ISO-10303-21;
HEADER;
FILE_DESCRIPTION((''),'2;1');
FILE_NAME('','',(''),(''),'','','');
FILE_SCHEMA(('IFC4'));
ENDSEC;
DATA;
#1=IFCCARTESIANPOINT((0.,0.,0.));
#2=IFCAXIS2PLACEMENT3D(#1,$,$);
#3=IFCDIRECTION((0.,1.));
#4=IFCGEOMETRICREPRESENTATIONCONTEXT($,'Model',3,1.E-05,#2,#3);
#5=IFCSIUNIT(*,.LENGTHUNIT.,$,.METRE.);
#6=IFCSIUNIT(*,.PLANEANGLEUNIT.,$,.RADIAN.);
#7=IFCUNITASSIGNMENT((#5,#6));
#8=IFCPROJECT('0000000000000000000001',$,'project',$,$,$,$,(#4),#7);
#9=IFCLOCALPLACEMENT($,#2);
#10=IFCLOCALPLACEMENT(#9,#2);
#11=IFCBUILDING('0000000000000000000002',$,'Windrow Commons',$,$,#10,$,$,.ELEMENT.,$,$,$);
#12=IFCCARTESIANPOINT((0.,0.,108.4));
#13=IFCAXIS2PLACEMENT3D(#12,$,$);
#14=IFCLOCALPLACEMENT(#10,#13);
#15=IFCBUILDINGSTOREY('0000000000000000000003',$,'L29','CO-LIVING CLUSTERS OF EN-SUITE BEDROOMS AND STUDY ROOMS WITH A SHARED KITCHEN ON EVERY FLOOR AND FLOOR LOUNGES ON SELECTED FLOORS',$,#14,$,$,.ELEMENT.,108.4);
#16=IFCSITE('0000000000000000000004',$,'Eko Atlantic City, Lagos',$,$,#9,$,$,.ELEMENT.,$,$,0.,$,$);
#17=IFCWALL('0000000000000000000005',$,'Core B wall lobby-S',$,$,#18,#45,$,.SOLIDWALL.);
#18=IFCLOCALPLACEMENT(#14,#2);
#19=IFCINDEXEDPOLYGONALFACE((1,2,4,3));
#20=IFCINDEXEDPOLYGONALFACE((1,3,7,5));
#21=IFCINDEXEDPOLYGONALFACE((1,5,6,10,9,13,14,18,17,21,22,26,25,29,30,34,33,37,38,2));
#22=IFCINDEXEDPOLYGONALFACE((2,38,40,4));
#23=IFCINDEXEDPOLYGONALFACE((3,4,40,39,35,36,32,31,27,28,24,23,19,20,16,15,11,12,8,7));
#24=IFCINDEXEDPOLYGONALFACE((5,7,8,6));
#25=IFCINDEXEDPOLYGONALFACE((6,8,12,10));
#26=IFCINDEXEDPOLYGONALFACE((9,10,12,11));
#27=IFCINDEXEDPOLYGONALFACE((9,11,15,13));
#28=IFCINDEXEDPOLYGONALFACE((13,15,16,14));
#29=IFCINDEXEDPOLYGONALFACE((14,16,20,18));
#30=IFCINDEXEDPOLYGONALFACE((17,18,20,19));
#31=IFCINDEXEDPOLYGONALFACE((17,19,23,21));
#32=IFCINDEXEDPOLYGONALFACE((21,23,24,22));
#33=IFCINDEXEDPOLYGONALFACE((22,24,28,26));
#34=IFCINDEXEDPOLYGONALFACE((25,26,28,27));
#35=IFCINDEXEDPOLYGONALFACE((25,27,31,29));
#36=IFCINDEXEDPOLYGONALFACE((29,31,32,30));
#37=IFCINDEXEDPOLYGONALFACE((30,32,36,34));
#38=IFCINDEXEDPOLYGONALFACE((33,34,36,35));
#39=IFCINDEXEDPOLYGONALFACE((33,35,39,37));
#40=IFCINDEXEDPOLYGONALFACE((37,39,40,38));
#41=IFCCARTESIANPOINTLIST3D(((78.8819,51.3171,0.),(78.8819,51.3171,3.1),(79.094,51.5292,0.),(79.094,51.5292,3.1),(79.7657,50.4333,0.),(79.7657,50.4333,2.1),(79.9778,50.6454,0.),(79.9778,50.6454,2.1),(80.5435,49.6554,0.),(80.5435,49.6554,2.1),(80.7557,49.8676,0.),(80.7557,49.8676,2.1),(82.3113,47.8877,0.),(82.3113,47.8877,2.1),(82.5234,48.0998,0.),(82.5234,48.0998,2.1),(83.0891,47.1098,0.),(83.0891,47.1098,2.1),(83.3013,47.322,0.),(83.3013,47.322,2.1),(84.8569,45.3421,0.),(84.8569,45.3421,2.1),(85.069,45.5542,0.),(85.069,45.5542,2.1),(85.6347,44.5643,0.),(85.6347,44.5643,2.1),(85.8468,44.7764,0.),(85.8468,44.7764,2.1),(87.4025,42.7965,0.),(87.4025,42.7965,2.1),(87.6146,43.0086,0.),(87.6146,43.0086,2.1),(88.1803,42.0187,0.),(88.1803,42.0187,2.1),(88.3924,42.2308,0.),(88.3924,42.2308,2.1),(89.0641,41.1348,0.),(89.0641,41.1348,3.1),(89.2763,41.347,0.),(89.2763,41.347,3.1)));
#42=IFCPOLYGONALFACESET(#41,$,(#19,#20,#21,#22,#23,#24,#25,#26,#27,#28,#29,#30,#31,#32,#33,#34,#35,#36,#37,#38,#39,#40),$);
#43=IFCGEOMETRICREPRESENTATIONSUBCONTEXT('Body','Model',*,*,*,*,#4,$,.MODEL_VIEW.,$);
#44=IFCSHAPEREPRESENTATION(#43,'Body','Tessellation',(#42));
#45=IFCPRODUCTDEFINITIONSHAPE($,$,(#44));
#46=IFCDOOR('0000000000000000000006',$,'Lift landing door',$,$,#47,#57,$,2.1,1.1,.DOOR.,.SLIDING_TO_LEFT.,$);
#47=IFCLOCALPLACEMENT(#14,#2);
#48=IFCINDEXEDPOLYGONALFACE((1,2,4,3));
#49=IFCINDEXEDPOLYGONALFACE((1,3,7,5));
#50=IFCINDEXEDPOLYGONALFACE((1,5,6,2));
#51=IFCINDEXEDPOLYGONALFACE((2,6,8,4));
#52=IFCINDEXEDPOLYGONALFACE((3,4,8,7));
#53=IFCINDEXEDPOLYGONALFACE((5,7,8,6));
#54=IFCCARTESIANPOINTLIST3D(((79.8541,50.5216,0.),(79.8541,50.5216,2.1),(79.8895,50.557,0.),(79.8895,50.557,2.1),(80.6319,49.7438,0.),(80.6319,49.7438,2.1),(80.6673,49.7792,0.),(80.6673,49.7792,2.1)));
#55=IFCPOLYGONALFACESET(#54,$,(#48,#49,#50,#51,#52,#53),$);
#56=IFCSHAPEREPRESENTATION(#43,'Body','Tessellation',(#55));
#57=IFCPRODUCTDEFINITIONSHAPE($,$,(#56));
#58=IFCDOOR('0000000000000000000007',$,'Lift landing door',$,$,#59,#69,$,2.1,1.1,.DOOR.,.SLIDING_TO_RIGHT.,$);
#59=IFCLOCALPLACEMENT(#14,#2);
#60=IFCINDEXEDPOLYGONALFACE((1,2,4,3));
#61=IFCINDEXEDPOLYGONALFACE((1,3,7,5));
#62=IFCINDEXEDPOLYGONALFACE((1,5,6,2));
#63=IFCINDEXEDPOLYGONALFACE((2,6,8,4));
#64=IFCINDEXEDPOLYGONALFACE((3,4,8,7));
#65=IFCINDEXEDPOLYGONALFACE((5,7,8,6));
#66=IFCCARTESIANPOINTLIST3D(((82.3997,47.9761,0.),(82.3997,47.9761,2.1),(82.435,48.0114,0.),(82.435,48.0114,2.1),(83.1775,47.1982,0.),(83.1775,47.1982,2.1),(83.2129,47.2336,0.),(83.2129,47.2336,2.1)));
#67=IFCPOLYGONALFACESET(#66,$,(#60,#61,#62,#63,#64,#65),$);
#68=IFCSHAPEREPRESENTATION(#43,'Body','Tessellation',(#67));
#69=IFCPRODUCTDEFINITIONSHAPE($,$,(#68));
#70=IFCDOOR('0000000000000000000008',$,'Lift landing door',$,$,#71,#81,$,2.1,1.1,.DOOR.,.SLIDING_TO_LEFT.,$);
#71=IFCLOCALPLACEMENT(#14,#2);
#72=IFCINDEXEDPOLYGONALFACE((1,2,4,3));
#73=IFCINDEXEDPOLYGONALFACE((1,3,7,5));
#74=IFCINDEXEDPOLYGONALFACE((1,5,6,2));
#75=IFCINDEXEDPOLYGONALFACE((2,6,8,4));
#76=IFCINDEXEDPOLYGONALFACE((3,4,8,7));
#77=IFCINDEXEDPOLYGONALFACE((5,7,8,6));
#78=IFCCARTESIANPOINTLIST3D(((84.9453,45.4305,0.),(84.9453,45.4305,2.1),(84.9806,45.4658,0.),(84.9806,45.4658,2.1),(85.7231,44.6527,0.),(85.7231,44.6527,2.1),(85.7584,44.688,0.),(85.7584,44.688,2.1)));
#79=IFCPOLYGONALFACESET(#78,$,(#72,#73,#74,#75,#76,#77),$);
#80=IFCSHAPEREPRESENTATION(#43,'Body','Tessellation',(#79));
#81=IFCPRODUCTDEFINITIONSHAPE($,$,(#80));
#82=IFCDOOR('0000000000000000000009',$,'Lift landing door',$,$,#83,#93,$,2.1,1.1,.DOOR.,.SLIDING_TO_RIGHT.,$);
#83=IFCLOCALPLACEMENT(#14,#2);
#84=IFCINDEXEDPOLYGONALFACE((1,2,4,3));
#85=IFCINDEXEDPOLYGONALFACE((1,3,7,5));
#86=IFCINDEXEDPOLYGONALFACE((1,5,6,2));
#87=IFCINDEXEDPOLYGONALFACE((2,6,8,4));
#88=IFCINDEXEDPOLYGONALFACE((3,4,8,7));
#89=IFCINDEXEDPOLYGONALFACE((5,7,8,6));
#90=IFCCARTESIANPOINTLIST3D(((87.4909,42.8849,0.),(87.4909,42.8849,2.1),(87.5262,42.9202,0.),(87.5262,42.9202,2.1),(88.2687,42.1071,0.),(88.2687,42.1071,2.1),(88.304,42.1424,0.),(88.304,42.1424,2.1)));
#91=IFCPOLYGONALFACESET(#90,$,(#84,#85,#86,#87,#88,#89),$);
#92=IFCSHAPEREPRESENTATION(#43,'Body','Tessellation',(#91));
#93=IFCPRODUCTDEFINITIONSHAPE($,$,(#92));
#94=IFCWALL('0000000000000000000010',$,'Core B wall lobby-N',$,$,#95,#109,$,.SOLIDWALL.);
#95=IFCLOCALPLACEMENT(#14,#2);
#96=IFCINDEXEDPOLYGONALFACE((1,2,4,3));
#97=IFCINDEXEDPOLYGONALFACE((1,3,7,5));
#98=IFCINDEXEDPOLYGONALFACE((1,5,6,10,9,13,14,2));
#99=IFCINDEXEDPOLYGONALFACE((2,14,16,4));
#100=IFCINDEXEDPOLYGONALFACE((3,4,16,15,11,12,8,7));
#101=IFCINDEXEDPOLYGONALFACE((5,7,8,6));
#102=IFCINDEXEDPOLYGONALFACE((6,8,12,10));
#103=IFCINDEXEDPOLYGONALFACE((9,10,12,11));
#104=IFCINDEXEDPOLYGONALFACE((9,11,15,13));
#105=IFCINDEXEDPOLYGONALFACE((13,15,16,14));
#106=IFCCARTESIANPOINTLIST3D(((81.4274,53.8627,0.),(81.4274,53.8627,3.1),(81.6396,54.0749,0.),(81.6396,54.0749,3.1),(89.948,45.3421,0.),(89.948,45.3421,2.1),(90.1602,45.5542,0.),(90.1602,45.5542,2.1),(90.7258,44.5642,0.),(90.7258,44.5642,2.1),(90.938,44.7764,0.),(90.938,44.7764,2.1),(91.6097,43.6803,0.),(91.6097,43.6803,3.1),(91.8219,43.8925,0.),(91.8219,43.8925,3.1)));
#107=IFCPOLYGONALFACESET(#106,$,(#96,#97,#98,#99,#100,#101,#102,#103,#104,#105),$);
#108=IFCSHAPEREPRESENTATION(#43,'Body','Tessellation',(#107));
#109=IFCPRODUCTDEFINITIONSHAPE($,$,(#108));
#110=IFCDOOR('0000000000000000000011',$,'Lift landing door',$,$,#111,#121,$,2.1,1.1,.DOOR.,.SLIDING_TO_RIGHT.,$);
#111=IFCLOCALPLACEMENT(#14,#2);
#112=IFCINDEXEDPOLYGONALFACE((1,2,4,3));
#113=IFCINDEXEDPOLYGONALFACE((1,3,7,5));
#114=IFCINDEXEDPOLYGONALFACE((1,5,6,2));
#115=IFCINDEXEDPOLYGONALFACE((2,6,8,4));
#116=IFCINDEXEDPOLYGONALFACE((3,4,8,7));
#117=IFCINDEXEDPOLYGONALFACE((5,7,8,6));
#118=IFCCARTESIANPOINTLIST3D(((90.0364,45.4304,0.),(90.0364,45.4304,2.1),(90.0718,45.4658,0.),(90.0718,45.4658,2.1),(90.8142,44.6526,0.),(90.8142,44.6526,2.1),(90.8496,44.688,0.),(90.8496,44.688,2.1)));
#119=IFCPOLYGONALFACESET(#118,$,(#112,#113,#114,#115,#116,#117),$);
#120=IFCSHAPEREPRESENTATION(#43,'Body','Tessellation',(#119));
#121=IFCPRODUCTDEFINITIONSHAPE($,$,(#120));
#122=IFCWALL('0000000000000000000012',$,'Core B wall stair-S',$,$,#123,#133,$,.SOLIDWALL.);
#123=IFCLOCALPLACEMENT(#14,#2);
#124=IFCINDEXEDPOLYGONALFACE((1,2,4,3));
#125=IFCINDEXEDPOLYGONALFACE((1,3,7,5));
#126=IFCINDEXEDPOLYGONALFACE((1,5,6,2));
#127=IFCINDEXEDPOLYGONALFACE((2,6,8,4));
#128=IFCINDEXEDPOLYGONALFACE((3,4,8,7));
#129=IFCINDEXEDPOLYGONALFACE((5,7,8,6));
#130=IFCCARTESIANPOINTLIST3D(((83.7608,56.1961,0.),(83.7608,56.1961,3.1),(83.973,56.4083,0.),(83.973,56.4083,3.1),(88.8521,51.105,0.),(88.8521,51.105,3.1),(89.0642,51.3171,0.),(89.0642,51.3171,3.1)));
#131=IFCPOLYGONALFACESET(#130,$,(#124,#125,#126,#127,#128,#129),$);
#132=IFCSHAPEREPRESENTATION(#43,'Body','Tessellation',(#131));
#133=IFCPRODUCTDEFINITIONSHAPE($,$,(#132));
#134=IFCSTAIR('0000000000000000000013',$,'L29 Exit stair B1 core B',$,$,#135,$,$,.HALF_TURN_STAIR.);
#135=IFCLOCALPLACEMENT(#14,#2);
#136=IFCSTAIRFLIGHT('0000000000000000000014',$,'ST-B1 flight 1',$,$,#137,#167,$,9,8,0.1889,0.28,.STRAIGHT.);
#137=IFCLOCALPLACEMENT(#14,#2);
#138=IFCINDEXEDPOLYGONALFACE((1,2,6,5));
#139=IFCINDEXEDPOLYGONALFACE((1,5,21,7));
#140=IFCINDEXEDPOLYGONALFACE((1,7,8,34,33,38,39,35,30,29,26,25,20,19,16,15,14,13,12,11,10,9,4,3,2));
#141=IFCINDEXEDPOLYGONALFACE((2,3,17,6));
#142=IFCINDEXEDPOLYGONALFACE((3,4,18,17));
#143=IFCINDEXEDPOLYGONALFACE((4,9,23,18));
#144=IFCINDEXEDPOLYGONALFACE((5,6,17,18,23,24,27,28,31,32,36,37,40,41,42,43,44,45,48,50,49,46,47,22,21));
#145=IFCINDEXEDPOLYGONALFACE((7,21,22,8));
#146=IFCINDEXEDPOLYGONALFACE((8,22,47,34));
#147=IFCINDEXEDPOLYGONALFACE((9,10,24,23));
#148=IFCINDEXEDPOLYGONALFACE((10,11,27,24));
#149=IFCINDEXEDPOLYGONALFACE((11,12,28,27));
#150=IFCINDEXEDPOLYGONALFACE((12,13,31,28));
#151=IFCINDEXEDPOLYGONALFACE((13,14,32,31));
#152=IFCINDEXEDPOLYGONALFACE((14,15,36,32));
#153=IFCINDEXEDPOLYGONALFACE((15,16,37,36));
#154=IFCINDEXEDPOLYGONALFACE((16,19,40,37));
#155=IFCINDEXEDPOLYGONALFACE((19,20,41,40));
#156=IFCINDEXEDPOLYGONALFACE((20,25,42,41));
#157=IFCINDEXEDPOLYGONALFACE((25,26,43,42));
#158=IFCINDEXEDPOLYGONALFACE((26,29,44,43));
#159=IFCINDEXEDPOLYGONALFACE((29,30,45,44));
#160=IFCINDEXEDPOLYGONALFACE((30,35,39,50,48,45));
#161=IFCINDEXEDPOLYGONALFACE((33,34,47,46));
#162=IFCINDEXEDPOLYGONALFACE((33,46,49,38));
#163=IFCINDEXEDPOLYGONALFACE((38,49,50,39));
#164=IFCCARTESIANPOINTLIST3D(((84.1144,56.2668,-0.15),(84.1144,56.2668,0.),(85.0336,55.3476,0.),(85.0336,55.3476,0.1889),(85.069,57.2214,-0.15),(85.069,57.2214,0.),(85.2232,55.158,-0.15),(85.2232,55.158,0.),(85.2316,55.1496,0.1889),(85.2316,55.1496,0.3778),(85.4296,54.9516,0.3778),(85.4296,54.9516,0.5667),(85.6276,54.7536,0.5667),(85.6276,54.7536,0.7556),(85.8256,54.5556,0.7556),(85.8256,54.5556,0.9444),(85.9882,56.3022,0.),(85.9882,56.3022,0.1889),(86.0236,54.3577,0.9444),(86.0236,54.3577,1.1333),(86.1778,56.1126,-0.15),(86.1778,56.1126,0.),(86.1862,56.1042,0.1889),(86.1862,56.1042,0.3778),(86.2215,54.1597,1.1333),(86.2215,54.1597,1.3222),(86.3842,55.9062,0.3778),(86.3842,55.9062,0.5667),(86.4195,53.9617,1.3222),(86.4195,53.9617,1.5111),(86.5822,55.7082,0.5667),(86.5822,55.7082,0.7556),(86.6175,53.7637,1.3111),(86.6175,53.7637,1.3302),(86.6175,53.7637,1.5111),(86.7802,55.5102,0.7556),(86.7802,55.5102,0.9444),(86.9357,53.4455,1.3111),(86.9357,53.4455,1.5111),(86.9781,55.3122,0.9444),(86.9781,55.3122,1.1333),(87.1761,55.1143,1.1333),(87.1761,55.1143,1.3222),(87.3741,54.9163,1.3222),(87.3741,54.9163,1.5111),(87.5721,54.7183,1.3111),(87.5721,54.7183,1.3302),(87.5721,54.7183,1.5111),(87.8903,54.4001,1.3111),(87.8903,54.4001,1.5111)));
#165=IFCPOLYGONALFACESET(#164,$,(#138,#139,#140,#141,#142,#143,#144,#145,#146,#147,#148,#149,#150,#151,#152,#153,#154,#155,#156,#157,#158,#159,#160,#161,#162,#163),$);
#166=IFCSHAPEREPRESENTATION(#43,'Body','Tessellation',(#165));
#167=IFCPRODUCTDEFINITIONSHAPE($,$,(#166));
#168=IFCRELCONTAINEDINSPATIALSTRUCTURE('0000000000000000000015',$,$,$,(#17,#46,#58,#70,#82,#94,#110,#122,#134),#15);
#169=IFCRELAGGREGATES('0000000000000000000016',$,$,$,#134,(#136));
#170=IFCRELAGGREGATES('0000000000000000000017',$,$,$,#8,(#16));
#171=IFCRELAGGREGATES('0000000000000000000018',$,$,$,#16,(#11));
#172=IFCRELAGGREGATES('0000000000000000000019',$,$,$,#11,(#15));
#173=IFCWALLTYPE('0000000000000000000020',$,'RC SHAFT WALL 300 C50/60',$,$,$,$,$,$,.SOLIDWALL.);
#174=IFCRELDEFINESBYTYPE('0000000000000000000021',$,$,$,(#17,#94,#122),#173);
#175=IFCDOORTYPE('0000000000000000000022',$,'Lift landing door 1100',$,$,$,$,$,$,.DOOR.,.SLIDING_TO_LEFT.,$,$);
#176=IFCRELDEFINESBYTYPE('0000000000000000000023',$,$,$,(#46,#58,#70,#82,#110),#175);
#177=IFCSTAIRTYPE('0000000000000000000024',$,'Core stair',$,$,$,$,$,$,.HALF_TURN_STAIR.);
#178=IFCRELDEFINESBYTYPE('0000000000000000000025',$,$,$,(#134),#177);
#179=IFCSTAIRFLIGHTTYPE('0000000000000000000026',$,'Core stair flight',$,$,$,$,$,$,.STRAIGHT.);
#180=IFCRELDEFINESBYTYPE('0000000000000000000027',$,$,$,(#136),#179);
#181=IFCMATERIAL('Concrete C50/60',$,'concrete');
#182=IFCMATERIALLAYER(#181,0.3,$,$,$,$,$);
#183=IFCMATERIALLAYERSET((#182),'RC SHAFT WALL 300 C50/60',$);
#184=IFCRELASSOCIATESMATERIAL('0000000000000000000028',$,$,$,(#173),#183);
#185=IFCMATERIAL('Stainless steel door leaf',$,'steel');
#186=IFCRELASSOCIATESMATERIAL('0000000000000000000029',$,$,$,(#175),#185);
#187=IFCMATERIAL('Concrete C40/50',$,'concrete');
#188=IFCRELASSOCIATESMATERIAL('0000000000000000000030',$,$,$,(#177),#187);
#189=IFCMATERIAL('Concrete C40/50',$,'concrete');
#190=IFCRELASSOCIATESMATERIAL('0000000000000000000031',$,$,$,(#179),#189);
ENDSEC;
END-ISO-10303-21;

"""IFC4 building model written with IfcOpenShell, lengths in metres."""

from ifc_helpers import new_model, si_unit, direction, frame, frame_2d, origin, place, context, subcontext, project, spatial, polyline, rectangle, outline, extrude, material, layer, layer_set, type_object, element, fill, aggregate, save


model = new_model("IFC4")

# Units and contexts
model_context = context("Model", 3, precision=1e-05, world=origin(), true_north=direction((0.0, 1.0)))
body_context = subcontext(model_context, "Body", "Model", "MODEL_VIEW")
ifc_project = project(units=[si_unit("LENGTHUNIT", "METRE"), si_unit("PLANEANGLEUNIT", "RADIAN")], contexts=[model_context])

# Site, building, storey
site_placement = place(None, origin())
site = spatial("IfcSite", under=ifc_project, at=site_placement, Name="Eko Atlantic City, Lagos", CompositionType="ELEMENT", RefElevation=0.0)
building_placement = place(site_placement, origin())
building = spatial("IfcBuilding", under=site, at=building_placement, Name="Windrow Commons", CompositionType="ELEMENT")
storey_placement = place(building_placement, frame((0.0, 0.0, 108.4)))
storey = spatial("IfcBuildingStorey", under=building, at=storey_placement, Name="L29", Description="CO-LIVING CLUSTERS OF EN-SUITE BEDROOMS AND STUDY ROOMS WITH A SHARED KITCHEN ON EVERY FLOOR AND FLOOR LOUNGES ON SELECTED FLOORS", CompositionType="ELEMENT", Elevation=108.4)

# Shared definitions
ifc_material_1 = material(Name="Concrete C50/60", Category="concrete")
ifc_layer_1 = layer(ifc_material_1, 0.3)
ifc_layer_set_1 = layer_set([ifc_layer_1], Name="RC SHAFT WALL 300 C50/60")
wall_type_1 = type_object("IfcWallType", Name="RC SHAFT WALL 300 C50/60", PredefinedType="SOLIDWALL", material=ifc_layer_set_1)

# Wall, openings, doors
wall_1_placement = place(storey_placement, frame((78.9879, 51.4232, 0.0), z_axis=(0.0, 0.0, 1.0), x_axis=(0.707107, -0.707107, 0.0)))
wall_1 = element("IfcWall", 1, at=wall_1_placement, inside=storey, type_object=wall_type_1, Name="Core B wall lobby-S", PredefinedType="SOLIDWALL", context=body_context, shape_type="SweptSolid", body=[
    extrude(rectangle(XDim=14.3999, YDim=0.3, at=frame_2d((7.2, 0.0))), origin(), (0.0, 0.0, 1.0), 3.1),
])
opening_1_placement = place(wall_1_placement, frame((1.25, 0.0, 0.0)))
opening_1 = element("IfcOpeningElement", 2, at=opening_1_placement, cuts=wall_1, PredefinedType="OPENING", context=body_context, shape_type="SweptSolid", body=[
    extrude(rectangle(XDim=1.1, YDim=2.1, at=frame_2d((0.55, 1.05))), frame((0.0, 0.16, 0.0), z_axis=(0.0, -1.0, 0.0), x_axis=(1.0, 0.0, 0.0)), (0.0, 0.0, 1.0), 0.32),
])
opening_2_placement = place(wall_1_placement, frame((4.85, 0.0, 0.0)))
opening_2 = element("IfcOpeningElement", 3, at=opening_2_placement, cuts=wall_1, PredefinedType="OPENING", context=body_context, shape_type="SweptSolid", body=[
    extrude(rectangle(XDim=1.1, YDim=2.1, at=frame_2d((0.55, 1.05))), frame((0.0, 0.16, 0.0), z_axis=(0.0, -1.0, 0.0), x_axis=(1.0, 0.0, 0.0)), (0.0, 0.0, 1.0), 0.32),
])
opening_3_placement = place(wall_1_placement, frame((8.45, 0.0, 0.0)))
opening_3 = element("IfcOpeningElement", 4, at=opening_3_placement, cuts=wall_1, PredefinedType="OPENING", context=body_context, shape_type="SweptSolid", body=[
    extrude(rectangle(XDim=1.1, YDim=2.1, at=frame_2d((0.55, 1.05))), frame((0.0, 0.16, 0.0), z_axis=(0.0, -1.0, 0.0), x_axis=(1.0, 0.0, 0.0)), (0.0, 0.0, 1.0), 0.32),
])
opening_4_placement = place(wall_1_placement, frame((12.05, 0.0, 0.0)))
opening_4 = element("IfcOpeningElement", 5, at=opening_4_placement, cuts=wall_1, PredefinedType="OPENING", context=body_context, shape_type="SweptSolid", body=[
    extrude(rectangle(XDim=1.1, YDim=2.1, at=frame_2d((0.55, 1.05))), frame((0.0, 0.16, 0.0), z_axis=(0.0, -1.0, 0.0), x_axis=(1.0, 0.0, 0.0)), (0.0, 0.0, 1.0), 0.32),
])
ifc_material_2 = material(Name="Stainless steel door leaf", Category="steel")
door_type_1 = type_object("IfcDoorType", Name="Lift landing door 1100", OperationType="SLIDING_TO_LEFT", PredefinedType="DOOR", material=ifc_material_2)
door_1_placement = place(opening_1_placement, origin())
door_1 = element("IfcDoor", 6, at=door_1_placement, inside=storey, type_object=door_type_1, Name="Lift landing door", OperationType="SLIDING_TO_LEFT", OverallHeight=2.1, OverallWidth=1.1, PredefinedType="DOOR", context=body_context, shape_type="SweptSolid", body=[
    extrude(rectangle(XDim=1.1, YDim=2.1, at=frame_2d((0.55, 1.05))), frame((0.0, 0.025, 0.0), z_axis=(0.0, -1.0, 0.0), x_axis=(1.0, 0.0, 0.0)), (0.0, 0.0, 1.0), 0.05),
])
fill(opening_1, door_1)
door_2_placement = place(opening_2_placement, origin())
door_2 = element("IfcDoor", 7, at=door_2_placement, inside=storey, type_object=door_type_1, Name="Lift landing door", OperationType="SLIDING_TO_RIGHT", OverallHeight=2.1, OverallWidth=1.1, PredefinedType="DOOR", context=body_context, shape_type="SweptSolid", body=[
    extrude(rectangle(XDim=1.1, YDim=2.1, at=frame_2d((0.55, 1.05))), frame((0.0, 0.025, 0.0), z_axis=(0.0, -1.0, 0.0), x_axis=(1.0, 0.0, 0.0)), (0.0, 0.0, 1.0), 0.05),
])
fill(opening_2, door_2)
door_3_placement = place(opening_3_placement, origin())
door_3 = element("IfcDoor", 8, at=door_3_placement, inside=storey, type_object=door_type_1, Name="Lift landing door", OperationType="SLIDING_TO_LEFT", OverallHeight=2.1, OverallWidth=1.1, PredefinedType="DOOR", context=body_context, shape_type="SweptSolid", body=[
    extrude(rectangle(XDim=1.1, YDim=2.1, at=frame_2d((0.55, 1.05))), frame((0.0, 0.025, 0.0), z_axis=(0.0, -1.0, 0.0), x_axis=(1.0, 0.0, 0.0)), (0.0, 0.0, 1.0), 0.05),
])
fill(opening_3, door_3)
door_4_placement = place(opening_4_placement, origin())
door_4 = element("IfcDoor", 9, at=door_4_placement, inside=storey, type_object=door_type_1, Name="Lift landing door", OperationType="SLIDING_TO_RIGHT", OverallHeight=2.1, OverallWidth=1.1, PredefinedType="DOOR", context=body_context, shape_type="SweptSolid", body=[
    extrude(rectangle(XDim=1.1, YDim=2.1, at=frame_2d((0.55, 1.05))), frame((0.0, 0.025, 0.0), z_axis=(0.0, -1.0, 0.0), x_axis=(1.0, 0.0, 0.0)), (0.0, 0.0, 1.0), 0.05),
])
fill(opening_4, door_4)

# Wall, opening, door
wall_2_placement = place(storey_placement, frame((81.5335, 53.9688, 0.0), z_axis=(0.0, 0.0, 1.0), x_axis=(0.707103, -0.70711, 0.0)))
wall_2 = element("IfcWall", 10, at=wall_2_placement, inside=storey, type_object=wall_type_1, Name="Core B wall lobby-N", PredefinedType="SOLIDWALL", context=body_context, shape_type="SweptSolid", body=[
    extrude(rectangle(XDim=14.4, YDim=0.3, at=frame_2d((7.2, 0.0))), origin(), (0.0, 0.0, 1.0), 3.1),
])
opening_5_placement = place(wall_2_placement, frame((12.05, 0.0, 0.0)))
opening_5 = element("IfcOpeningElement", 11, at=opening_5_placement, cuts=wall_2, PredefinedType="OPENING", context=body_context, shape_type="SweptSolid", body=[
    extrude(rectangle(XDim=1.1, YDim=2.1, at=frame_2d((0.55, 1.05))), frame((0.0, 0.16, 0.0), z_axis=(0.0, -1.0, 0.0), x_axis=(1.0, 0.0, 0.0)), (0.0, 0.0, 1.0), 0.32),
])
door_5_placement = place(opening_5_placement, origin())
door_5 = element("IfcDoor", 12, at=door_5_placement, inside=storey, type_object=door_type_1, Name="Lift landing door", OperationType="SLIDING_TO_RIGHT", OverallHeight=2.1, OverallWidth=1.1, PredefinedType="DOOR", context=body_context, shape_type="SweptSolid", body=[
    extrude(rectangle(XDim=1.1, YDim=2.1, at=frame_2d((0.55, 1.05))), frame((0.0, 0.025, 0.0), z_axis=(0.0, -1.0, 0.0), x_axis=(1.0, 0.0, 0.0)), (0.0, 0.0, 1.0), 0.05),
])
fill(opening_5, door_5)

# Wall
wall_3_placement = place(storey_placement, frame((83.8669, 56.3022, 0.0), z_axis=(0.0, 0.0, 1.0), x_axis=(0.707114, -0.7071, 0.0)))
element("IfcWall", 13, at=wall_3_placement, inside=storey, type_object=wall_type_1, Name="Core B wall stair-S", PredefinedType="SOLIDWALL", context=body_context, shape_type="SweptSolid", body=[
    extrude(rectangle(XDim=7.2, YDim=0.3, at=frame_2d((3.6, 0.0))), origin(), (0.0, 0.0, 1.0), 3.1),
])

# Stair, stair flight
ifc_material_3 = material(Name="Concrete C40/50", Category="concrete")
stair_type = type_object("IfcStairType", Name="Core stair", PredefinedType="HALF_TURN_STAIR", material=ifc_material_3)
stair_placement = place(storey_placement, origin())
stair = element("IfcStair", 14, at=stair_placement, inside=storey, type_object=stair_type, Name="L29 Exit stair B1 core B", PredefinedType="HALF_TURN_STAIR")
ifc_material_4 = material(Name="Concrete C40/50", Category="concrete")
stair_flight_type = type_object("IfcStairFlightType", Name="Core stair flight", PredefinedType="STRAIGHT", material=ifc_material_4)
stair_flight_placement = place(storey_placement, frame((85.5109, 55.8249, 0.0), z_axis=(0.0, 0.0, 1.0), x_axis=(0.707107, -0.707107, 0.0)))
stair_flight = element("IfcStairFlight", 15, at=stair_flight_placement, type_object=stair_flight_type, Name="ST-B1 flight 1", NumberOfRisers=9, NumberOfTreads=8, PredefinedType="STRAIGHT", RiserHeight=0.1889, TreadLength=0.28, context=body_context, shape_type="SweptSolid", body=[
    extrude(outline(polyline([(-1.3, -0.15), (-1.3, 0.0), (0.0, 0.0), (0.0, 0.1889), (0.28, 0.1889), (0.28, 0.3778), (0.56, 0.3778), (0.56, 0.5667), (0.84, 0.5667), (0.84, 0.7556), (1.12, 0.7556), (1.12, 0.9444), (1.4, 0.9444), (1.4, 1.1333), (1.68, 1.1333), (1.68, 1.3222), (1.96, 1.3222), (1.96, 1.5111), (2.24, 1.5111), (2.69, 1.5111), (2.69, 1.3111), (2.24, 1.3111), (2.24, 1.3302), (0.2682, 0.0), (0.2682, -0.15), (-1.3, -0.15)])), frame((0.0, 0.675, 0.0), z_axis=(0.0, -1.0, 0.0), x_axis=(1.0, 0.0, 0.0)), (0.0, 0.0, 1.0), 1.35),
])
aggregate(stair, [stair_flight])

save(model, "model.ifc")
